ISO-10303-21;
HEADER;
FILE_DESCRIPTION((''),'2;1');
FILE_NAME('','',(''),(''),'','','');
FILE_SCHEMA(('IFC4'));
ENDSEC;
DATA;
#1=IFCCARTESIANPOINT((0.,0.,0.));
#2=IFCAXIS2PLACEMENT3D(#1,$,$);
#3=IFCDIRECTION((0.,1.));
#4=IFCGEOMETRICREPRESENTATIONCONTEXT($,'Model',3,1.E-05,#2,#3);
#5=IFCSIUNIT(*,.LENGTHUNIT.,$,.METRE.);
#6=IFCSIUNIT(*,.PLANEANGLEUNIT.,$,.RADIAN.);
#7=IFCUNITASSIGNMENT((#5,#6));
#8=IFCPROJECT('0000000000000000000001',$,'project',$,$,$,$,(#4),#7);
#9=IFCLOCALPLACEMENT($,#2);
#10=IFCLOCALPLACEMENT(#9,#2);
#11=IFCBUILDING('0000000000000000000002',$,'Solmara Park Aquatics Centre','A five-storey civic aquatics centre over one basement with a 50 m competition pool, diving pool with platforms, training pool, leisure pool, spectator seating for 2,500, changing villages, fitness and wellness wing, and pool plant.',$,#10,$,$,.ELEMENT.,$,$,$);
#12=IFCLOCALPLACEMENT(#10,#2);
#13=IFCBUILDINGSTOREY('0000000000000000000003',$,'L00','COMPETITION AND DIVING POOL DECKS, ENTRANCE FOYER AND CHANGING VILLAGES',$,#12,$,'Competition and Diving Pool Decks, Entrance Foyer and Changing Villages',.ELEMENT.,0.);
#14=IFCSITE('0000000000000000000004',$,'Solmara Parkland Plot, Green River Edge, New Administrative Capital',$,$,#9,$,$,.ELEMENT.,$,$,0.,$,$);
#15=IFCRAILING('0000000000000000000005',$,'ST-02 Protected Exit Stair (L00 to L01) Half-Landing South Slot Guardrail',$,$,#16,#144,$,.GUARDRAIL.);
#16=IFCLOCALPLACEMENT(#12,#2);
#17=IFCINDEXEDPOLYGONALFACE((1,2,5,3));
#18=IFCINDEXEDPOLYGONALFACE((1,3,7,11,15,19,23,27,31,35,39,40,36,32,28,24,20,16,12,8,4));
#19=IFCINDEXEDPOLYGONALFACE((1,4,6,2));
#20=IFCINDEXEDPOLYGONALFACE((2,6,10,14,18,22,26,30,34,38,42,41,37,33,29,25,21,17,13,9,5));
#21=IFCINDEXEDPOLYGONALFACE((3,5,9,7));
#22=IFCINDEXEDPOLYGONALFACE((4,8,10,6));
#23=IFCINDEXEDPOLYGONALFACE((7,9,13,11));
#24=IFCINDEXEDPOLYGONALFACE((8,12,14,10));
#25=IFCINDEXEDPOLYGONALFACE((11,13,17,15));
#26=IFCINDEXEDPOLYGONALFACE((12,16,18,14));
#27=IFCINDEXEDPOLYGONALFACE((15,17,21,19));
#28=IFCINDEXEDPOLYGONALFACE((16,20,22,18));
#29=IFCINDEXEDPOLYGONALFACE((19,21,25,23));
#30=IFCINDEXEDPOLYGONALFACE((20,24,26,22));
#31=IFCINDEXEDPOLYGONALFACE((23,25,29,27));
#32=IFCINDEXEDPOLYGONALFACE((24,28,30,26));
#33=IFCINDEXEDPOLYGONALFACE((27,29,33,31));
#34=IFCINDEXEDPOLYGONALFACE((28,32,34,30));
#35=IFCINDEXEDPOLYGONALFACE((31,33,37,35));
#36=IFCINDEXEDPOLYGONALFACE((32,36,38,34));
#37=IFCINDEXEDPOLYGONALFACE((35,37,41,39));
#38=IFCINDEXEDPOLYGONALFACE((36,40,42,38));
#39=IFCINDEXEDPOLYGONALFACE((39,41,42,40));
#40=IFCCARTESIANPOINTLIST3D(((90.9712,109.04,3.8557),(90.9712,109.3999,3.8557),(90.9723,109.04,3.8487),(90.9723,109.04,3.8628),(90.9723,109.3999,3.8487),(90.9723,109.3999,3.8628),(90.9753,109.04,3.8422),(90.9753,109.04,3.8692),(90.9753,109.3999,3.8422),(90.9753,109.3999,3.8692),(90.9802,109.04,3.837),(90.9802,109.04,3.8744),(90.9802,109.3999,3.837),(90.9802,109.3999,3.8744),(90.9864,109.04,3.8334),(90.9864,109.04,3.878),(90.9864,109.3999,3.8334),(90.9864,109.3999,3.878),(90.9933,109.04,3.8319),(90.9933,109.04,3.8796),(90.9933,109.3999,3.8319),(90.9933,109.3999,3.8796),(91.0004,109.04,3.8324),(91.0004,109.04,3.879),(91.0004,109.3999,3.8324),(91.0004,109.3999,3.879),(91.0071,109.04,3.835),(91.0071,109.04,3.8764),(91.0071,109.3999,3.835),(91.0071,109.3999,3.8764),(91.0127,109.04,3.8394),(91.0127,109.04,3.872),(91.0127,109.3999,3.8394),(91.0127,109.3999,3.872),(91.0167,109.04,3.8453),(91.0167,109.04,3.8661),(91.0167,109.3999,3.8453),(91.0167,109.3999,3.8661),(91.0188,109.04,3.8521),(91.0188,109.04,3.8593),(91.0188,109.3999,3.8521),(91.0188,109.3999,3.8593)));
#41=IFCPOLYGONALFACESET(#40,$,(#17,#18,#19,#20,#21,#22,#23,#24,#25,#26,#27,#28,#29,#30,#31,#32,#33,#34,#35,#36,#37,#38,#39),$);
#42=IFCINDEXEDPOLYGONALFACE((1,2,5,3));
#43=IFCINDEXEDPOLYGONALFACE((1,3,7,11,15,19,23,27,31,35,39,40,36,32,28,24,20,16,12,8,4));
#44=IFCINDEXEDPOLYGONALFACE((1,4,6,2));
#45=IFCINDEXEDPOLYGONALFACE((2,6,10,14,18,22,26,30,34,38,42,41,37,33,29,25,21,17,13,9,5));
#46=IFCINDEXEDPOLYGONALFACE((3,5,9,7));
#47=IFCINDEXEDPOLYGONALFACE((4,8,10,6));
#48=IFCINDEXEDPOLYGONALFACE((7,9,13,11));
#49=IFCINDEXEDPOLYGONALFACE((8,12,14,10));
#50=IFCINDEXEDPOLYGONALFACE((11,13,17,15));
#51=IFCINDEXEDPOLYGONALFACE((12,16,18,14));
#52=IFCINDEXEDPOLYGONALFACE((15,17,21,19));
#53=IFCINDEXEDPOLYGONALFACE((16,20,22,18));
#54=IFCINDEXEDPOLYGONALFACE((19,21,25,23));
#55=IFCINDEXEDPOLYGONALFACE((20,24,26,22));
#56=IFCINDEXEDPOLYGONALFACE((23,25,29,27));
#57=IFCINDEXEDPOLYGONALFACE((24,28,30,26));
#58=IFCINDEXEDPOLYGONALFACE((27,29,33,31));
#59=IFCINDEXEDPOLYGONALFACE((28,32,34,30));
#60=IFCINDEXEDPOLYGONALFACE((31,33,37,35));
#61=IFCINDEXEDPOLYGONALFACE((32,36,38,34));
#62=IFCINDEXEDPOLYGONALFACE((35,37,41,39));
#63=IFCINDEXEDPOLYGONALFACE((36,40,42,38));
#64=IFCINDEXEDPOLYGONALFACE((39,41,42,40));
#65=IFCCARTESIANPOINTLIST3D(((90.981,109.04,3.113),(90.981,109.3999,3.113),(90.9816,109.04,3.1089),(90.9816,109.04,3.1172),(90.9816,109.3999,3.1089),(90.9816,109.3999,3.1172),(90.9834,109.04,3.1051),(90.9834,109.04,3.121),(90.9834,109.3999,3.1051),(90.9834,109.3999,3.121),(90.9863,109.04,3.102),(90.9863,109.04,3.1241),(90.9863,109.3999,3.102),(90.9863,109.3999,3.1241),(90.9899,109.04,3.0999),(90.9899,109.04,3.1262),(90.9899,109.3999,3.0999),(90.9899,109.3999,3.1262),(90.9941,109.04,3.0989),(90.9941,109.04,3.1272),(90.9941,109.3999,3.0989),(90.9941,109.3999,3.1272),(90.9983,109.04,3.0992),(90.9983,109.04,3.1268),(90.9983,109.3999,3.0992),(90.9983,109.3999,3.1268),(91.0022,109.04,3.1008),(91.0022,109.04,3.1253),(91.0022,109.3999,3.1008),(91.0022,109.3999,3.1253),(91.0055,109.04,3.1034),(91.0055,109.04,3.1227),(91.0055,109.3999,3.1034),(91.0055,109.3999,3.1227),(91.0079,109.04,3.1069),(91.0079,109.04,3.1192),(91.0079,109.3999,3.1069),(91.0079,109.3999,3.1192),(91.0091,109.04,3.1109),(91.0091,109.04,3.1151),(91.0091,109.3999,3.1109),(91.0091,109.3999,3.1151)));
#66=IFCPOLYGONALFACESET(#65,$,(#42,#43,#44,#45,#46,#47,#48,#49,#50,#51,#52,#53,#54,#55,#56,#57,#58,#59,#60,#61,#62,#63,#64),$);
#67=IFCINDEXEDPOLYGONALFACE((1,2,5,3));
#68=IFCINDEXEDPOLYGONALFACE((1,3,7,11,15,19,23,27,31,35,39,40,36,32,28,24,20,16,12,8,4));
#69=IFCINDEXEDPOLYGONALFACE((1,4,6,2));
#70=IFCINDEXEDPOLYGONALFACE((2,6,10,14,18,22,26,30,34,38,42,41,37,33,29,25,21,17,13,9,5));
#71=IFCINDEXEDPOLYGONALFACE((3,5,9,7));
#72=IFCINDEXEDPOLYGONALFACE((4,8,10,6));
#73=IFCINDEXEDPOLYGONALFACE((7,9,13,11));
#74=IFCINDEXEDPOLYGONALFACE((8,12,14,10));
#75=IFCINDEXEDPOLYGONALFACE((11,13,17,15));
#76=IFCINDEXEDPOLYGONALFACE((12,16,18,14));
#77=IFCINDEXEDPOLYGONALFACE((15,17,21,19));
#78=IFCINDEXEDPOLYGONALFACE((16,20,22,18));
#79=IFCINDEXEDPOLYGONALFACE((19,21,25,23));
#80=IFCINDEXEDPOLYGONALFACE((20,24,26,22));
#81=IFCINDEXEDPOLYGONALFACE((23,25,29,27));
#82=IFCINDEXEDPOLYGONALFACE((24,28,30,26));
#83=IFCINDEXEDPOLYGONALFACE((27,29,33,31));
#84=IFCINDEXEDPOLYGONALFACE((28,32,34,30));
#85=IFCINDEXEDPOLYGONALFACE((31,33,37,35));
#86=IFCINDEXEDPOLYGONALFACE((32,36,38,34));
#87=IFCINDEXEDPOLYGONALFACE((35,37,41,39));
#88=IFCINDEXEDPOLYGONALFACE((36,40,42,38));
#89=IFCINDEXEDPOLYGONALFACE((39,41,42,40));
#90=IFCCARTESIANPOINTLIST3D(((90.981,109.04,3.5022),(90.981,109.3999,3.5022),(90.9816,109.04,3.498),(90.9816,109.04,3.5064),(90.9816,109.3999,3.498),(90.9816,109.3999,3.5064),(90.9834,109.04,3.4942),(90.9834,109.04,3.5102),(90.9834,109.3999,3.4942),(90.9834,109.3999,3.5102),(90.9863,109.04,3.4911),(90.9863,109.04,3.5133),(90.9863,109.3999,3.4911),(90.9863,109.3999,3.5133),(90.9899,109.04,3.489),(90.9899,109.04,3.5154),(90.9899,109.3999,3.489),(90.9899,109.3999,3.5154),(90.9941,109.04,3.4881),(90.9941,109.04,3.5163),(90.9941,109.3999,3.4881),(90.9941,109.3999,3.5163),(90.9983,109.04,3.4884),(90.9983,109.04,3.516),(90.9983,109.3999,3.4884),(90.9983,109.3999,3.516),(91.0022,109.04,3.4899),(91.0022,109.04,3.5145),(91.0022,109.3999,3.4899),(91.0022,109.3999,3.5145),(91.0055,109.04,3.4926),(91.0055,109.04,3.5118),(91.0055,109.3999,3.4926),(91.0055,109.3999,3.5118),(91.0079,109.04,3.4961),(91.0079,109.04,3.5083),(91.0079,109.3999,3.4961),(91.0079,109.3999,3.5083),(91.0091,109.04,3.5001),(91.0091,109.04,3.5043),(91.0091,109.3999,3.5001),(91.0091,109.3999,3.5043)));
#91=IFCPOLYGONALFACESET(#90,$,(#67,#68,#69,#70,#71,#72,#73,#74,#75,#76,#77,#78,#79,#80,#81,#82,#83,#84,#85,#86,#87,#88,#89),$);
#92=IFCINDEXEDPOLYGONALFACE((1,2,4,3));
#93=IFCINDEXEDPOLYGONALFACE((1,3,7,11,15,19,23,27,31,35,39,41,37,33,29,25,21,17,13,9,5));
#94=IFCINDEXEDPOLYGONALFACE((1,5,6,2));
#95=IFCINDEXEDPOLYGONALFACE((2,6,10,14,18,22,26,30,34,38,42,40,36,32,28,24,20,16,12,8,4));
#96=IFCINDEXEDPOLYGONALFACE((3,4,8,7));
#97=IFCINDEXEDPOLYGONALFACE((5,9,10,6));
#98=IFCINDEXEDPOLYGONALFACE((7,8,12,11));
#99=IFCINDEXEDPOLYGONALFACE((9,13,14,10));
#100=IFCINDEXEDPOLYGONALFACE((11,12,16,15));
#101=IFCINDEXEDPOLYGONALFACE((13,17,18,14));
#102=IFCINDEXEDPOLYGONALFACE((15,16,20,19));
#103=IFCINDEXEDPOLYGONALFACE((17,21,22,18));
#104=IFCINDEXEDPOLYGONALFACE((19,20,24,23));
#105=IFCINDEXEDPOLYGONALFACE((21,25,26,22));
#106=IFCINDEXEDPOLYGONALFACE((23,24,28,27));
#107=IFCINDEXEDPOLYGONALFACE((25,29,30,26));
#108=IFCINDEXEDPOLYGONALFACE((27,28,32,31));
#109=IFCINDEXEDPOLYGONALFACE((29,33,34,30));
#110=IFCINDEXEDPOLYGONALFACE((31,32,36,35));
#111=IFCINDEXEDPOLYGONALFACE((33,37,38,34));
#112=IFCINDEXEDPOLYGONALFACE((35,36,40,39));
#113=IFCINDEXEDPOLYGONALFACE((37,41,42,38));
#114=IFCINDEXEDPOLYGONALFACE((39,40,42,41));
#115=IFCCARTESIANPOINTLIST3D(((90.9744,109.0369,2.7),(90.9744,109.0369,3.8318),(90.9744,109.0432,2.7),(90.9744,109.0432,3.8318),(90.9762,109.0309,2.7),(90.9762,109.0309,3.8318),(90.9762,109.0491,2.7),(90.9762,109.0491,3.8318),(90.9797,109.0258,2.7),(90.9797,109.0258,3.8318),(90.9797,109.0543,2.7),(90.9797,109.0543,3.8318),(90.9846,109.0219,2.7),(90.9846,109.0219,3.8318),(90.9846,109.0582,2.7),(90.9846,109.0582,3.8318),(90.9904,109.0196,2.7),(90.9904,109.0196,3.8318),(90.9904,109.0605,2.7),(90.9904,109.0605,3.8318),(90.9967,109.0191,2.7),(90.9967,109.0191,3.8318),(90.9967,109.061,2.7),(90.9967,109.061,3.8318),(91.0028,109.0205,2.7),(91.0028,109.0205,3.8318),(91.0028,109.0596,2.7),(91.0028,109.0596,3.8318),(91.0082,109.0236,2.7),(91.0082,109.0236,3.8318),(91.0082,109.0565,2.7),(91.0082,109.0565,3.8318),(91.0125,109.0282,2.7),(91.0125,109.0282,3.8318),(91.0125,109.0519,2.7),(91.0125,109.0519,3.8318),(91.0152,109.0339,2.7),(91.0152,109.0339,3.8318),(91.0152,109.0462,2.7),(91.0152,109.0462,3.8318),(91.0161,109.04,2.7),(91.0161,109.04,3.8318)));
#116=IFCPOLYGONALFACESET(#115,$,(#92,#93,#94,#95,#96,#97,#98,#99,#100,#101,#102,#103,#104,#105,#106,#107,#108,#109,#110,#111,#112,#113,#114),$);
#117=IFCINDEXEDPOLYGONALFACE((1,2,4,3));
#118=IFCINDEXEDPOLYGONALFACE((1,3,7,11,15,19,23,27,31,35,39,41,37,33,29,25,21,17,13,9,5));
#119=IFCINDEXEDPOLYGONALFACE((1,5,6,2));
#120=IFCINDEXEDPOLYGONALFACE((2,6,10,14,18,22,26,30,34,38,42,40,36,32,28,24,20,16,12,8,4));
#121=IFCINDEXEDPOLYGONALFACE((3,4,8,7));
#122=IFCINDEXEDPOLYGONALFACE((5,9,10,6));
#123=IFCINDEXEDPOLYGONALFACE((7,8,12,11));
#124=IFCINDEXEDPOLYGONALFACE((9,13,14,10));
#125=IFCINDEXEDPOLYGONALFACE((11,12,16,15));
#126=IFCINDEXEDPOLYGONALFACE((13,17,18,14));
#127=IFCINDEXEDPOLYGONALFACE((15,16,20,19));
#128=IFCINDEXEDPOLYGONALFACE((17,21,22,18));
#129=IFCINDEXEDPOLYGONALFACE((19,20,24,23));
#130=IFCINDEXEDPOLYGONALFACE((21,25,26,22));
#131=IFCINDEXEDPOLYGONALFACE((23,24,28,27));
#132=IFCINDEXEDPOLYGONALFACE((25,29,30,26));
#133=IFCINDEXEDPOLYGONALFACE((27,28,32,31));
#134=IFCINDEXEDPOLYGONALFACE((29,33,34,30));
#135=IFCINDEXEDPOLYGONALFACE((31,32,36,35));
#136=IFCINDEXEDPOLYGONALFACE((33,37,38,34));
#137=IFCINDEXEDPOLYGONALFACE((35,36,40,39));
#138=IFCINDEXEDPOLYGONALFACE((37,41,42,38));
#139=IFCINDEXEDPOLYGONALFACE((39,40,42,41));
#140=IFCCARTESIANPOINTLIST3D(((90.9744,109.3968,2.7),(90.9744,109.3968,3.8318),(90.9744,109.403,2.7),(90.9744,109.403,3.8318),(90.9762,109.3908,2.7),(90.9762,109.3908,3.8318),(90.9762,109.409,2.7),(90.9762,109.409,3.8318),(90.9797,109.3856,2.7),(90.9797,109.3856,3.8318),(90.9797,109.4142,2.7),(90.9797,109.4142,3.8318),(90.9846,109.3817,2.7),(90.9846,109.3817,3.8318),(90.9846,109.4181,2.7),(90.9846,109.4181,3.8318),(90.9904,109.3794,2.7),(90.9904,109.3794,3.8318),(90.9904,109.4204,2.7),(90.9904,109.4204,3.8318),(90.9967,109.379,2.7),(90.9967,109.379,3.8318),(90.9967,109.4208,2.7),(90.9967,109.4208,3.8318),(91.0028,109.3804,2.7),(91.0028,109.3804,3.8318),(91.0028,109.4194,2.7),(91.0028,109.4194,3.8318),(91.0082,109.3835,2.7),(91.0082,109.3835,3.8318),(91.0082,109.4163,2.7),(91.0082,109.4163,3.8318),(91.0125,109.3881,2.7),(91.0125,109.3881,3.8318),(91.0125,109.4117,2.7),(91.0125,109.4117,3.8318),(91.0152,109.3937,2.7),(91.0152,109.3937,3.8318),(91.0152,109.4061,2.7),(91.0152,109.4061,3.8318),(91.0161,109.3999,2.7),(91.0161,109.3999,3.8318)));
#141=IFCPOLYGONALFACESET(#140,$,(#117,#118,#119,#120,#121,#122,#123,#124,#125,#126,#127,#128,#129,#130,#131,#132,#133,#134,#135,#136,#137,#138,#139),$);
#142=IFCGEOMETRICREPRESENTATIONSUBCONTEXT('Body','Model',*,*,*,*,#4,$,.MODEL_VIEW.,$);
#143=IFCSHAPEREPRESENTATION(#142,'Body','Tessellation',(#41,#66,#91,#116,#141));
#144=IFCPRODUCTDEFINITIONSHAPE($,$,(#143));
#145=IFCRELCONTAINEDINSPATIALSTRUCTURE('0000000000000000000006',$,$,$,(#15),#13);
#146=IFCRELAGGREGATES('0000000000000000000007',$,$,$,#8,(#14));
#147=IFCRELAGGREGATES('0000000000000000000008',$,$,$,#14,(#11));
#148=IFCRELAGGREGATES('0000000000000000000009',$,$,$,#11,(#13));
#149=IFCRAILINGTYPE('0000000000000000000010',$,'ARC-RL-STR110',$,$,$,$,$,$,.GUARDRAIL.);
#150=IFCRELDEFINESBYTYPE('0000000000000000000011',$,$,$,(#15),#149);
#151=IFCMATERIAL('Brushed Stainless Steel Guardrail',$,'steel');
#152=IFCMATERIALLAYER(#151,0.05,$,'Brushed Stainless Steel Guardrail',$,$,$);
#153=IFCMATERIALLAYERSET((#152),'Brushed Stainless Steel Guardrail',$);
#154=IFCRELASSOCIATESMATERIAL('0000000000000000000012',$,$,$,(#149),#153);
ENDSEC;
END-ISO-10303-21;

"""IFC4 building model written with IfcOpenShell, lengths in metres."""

from ifc_helpers import new_model, si_unit, direction, frame, origin, origin_2d, place, context, subcontext, project, spatial, circle, extrude, material, layer, layer_set, type_object, element, save


model = new_model("IFC4")

# Units and contexts
model_context = context("Model", 3, precision=1e-05, world=origin(), true_north=direction((0.0, 1.0)))
body_context = subcontext(model_context, "Body", "Model", "MODEL_VIEW")
ifc_project = project(units=[si_unit("LENGTHUNIT", "METRE"), si_unit("PLANEANGLEUNIT", "RADIAN")], contexts=[model_context])

# Site, building, storey
site_placement = place(None, origin())
site = spatial("IfcSite", under=ifc_project, at=site_placement, Name="Solmara Parkland Plot, Green River Edge, New Administrative Capital", CompositionType="ELEMENT", RefElevation=0.0)
building_placement = place(site_placement, origin())
building = spatial("IfcBuilding", under=site, at=building_placement, Name="Solmara Park Aquatics Centre", Description="A five-storey civic aquatics centre over one basement with a 50 m competition pool, diving pool with platforms, training pool, leisure pool, spectator seating for 2,500, changing villages, fitness and wellness wing, and pool plant.", CompositionType="ELEMENT")
storey_placement = place(building_placement, origin())
storey = spatial("IfcBuildingStorey", under=building, at=storey_placement, Name="L00", Description="COMPETITION AND DIVING POOL DECKS, ENTRANCE FOYER AND CHANGING VILLAGES", LongName="Competition and Diving Pool Decks, Entrance Foyer and Changing Villages", CompositionType="ELEMENT", Elevation=0.0)

# Railing
ifc_material_1 = material(Name="Brushed Stainless Steel Guardrail", Category="steel")
ifc_layer_1 = layer(ifc_material_1, 0.05, Name="Brushed Stainless Steel Guardrail")
ifc_layer_set_1 = layer_set([ifc_layer_1], Name="Brushed Stainless Steel Guardrail")
railing_type_1 = type_object("IfcRailingType", Name="ARC-RL-STR110", PredefinedType="GUARDRAIL", material=ifc_layer_set_1)
railing_1_placement = place(storey_placement, frame((90.9951, 109.04, 2.7)))
element("IfcRailing", 1, at=railing_1_placement, inside=storey, type_object=railing_type_1, Name="ST-02 Protected Exit Stair (L00 to L01) Half-Landing South Slot Guardrail", PredefinedType="GUARDRAIL", context=body_context, shape_type="SweptSolid", body=[
    extrude(circle(Radius=0.0239, at=origin_2d()), frame((0.0, 0.0, 1.1558), z_axis=(0.0, 1.0, 0.0), x_axis=(-1.0, 0.0, 0.0)), (0.0, 0.0, 1.0), 0.3599),
    extrude(circle(Radius=0.0142, at=origin_2d()), frame((0.0, 0.0, 0.4131), z_axis=(0.0, 1.0, 0.0), x_axis=(-1.0, 0.0, 0.0)), (0.0, 0.0, 1.0), 0.3599),
    extrude(circle(Radius=0.0142, at=origin_2d()), frame((0.0, 0.0, 0.8022), z_axis=(0.0, 1.0, 0.0), x_axis=(-1.0, 0.0, 0.0)), (0.0, 0.0, 1.0), 0.3599),
    extrude(circle(Radius=0.021, at=origin_2d()), origin(), (0.0, 0.0, 1.0), 1.1318),
    extrude(circle(Radius=0.021, at=origin_2d()), frame((0.0, 0.3599, 0.0)), (0.0, 0.0, 1.0), 1.1318),
])

save(model, "model.ifc")
